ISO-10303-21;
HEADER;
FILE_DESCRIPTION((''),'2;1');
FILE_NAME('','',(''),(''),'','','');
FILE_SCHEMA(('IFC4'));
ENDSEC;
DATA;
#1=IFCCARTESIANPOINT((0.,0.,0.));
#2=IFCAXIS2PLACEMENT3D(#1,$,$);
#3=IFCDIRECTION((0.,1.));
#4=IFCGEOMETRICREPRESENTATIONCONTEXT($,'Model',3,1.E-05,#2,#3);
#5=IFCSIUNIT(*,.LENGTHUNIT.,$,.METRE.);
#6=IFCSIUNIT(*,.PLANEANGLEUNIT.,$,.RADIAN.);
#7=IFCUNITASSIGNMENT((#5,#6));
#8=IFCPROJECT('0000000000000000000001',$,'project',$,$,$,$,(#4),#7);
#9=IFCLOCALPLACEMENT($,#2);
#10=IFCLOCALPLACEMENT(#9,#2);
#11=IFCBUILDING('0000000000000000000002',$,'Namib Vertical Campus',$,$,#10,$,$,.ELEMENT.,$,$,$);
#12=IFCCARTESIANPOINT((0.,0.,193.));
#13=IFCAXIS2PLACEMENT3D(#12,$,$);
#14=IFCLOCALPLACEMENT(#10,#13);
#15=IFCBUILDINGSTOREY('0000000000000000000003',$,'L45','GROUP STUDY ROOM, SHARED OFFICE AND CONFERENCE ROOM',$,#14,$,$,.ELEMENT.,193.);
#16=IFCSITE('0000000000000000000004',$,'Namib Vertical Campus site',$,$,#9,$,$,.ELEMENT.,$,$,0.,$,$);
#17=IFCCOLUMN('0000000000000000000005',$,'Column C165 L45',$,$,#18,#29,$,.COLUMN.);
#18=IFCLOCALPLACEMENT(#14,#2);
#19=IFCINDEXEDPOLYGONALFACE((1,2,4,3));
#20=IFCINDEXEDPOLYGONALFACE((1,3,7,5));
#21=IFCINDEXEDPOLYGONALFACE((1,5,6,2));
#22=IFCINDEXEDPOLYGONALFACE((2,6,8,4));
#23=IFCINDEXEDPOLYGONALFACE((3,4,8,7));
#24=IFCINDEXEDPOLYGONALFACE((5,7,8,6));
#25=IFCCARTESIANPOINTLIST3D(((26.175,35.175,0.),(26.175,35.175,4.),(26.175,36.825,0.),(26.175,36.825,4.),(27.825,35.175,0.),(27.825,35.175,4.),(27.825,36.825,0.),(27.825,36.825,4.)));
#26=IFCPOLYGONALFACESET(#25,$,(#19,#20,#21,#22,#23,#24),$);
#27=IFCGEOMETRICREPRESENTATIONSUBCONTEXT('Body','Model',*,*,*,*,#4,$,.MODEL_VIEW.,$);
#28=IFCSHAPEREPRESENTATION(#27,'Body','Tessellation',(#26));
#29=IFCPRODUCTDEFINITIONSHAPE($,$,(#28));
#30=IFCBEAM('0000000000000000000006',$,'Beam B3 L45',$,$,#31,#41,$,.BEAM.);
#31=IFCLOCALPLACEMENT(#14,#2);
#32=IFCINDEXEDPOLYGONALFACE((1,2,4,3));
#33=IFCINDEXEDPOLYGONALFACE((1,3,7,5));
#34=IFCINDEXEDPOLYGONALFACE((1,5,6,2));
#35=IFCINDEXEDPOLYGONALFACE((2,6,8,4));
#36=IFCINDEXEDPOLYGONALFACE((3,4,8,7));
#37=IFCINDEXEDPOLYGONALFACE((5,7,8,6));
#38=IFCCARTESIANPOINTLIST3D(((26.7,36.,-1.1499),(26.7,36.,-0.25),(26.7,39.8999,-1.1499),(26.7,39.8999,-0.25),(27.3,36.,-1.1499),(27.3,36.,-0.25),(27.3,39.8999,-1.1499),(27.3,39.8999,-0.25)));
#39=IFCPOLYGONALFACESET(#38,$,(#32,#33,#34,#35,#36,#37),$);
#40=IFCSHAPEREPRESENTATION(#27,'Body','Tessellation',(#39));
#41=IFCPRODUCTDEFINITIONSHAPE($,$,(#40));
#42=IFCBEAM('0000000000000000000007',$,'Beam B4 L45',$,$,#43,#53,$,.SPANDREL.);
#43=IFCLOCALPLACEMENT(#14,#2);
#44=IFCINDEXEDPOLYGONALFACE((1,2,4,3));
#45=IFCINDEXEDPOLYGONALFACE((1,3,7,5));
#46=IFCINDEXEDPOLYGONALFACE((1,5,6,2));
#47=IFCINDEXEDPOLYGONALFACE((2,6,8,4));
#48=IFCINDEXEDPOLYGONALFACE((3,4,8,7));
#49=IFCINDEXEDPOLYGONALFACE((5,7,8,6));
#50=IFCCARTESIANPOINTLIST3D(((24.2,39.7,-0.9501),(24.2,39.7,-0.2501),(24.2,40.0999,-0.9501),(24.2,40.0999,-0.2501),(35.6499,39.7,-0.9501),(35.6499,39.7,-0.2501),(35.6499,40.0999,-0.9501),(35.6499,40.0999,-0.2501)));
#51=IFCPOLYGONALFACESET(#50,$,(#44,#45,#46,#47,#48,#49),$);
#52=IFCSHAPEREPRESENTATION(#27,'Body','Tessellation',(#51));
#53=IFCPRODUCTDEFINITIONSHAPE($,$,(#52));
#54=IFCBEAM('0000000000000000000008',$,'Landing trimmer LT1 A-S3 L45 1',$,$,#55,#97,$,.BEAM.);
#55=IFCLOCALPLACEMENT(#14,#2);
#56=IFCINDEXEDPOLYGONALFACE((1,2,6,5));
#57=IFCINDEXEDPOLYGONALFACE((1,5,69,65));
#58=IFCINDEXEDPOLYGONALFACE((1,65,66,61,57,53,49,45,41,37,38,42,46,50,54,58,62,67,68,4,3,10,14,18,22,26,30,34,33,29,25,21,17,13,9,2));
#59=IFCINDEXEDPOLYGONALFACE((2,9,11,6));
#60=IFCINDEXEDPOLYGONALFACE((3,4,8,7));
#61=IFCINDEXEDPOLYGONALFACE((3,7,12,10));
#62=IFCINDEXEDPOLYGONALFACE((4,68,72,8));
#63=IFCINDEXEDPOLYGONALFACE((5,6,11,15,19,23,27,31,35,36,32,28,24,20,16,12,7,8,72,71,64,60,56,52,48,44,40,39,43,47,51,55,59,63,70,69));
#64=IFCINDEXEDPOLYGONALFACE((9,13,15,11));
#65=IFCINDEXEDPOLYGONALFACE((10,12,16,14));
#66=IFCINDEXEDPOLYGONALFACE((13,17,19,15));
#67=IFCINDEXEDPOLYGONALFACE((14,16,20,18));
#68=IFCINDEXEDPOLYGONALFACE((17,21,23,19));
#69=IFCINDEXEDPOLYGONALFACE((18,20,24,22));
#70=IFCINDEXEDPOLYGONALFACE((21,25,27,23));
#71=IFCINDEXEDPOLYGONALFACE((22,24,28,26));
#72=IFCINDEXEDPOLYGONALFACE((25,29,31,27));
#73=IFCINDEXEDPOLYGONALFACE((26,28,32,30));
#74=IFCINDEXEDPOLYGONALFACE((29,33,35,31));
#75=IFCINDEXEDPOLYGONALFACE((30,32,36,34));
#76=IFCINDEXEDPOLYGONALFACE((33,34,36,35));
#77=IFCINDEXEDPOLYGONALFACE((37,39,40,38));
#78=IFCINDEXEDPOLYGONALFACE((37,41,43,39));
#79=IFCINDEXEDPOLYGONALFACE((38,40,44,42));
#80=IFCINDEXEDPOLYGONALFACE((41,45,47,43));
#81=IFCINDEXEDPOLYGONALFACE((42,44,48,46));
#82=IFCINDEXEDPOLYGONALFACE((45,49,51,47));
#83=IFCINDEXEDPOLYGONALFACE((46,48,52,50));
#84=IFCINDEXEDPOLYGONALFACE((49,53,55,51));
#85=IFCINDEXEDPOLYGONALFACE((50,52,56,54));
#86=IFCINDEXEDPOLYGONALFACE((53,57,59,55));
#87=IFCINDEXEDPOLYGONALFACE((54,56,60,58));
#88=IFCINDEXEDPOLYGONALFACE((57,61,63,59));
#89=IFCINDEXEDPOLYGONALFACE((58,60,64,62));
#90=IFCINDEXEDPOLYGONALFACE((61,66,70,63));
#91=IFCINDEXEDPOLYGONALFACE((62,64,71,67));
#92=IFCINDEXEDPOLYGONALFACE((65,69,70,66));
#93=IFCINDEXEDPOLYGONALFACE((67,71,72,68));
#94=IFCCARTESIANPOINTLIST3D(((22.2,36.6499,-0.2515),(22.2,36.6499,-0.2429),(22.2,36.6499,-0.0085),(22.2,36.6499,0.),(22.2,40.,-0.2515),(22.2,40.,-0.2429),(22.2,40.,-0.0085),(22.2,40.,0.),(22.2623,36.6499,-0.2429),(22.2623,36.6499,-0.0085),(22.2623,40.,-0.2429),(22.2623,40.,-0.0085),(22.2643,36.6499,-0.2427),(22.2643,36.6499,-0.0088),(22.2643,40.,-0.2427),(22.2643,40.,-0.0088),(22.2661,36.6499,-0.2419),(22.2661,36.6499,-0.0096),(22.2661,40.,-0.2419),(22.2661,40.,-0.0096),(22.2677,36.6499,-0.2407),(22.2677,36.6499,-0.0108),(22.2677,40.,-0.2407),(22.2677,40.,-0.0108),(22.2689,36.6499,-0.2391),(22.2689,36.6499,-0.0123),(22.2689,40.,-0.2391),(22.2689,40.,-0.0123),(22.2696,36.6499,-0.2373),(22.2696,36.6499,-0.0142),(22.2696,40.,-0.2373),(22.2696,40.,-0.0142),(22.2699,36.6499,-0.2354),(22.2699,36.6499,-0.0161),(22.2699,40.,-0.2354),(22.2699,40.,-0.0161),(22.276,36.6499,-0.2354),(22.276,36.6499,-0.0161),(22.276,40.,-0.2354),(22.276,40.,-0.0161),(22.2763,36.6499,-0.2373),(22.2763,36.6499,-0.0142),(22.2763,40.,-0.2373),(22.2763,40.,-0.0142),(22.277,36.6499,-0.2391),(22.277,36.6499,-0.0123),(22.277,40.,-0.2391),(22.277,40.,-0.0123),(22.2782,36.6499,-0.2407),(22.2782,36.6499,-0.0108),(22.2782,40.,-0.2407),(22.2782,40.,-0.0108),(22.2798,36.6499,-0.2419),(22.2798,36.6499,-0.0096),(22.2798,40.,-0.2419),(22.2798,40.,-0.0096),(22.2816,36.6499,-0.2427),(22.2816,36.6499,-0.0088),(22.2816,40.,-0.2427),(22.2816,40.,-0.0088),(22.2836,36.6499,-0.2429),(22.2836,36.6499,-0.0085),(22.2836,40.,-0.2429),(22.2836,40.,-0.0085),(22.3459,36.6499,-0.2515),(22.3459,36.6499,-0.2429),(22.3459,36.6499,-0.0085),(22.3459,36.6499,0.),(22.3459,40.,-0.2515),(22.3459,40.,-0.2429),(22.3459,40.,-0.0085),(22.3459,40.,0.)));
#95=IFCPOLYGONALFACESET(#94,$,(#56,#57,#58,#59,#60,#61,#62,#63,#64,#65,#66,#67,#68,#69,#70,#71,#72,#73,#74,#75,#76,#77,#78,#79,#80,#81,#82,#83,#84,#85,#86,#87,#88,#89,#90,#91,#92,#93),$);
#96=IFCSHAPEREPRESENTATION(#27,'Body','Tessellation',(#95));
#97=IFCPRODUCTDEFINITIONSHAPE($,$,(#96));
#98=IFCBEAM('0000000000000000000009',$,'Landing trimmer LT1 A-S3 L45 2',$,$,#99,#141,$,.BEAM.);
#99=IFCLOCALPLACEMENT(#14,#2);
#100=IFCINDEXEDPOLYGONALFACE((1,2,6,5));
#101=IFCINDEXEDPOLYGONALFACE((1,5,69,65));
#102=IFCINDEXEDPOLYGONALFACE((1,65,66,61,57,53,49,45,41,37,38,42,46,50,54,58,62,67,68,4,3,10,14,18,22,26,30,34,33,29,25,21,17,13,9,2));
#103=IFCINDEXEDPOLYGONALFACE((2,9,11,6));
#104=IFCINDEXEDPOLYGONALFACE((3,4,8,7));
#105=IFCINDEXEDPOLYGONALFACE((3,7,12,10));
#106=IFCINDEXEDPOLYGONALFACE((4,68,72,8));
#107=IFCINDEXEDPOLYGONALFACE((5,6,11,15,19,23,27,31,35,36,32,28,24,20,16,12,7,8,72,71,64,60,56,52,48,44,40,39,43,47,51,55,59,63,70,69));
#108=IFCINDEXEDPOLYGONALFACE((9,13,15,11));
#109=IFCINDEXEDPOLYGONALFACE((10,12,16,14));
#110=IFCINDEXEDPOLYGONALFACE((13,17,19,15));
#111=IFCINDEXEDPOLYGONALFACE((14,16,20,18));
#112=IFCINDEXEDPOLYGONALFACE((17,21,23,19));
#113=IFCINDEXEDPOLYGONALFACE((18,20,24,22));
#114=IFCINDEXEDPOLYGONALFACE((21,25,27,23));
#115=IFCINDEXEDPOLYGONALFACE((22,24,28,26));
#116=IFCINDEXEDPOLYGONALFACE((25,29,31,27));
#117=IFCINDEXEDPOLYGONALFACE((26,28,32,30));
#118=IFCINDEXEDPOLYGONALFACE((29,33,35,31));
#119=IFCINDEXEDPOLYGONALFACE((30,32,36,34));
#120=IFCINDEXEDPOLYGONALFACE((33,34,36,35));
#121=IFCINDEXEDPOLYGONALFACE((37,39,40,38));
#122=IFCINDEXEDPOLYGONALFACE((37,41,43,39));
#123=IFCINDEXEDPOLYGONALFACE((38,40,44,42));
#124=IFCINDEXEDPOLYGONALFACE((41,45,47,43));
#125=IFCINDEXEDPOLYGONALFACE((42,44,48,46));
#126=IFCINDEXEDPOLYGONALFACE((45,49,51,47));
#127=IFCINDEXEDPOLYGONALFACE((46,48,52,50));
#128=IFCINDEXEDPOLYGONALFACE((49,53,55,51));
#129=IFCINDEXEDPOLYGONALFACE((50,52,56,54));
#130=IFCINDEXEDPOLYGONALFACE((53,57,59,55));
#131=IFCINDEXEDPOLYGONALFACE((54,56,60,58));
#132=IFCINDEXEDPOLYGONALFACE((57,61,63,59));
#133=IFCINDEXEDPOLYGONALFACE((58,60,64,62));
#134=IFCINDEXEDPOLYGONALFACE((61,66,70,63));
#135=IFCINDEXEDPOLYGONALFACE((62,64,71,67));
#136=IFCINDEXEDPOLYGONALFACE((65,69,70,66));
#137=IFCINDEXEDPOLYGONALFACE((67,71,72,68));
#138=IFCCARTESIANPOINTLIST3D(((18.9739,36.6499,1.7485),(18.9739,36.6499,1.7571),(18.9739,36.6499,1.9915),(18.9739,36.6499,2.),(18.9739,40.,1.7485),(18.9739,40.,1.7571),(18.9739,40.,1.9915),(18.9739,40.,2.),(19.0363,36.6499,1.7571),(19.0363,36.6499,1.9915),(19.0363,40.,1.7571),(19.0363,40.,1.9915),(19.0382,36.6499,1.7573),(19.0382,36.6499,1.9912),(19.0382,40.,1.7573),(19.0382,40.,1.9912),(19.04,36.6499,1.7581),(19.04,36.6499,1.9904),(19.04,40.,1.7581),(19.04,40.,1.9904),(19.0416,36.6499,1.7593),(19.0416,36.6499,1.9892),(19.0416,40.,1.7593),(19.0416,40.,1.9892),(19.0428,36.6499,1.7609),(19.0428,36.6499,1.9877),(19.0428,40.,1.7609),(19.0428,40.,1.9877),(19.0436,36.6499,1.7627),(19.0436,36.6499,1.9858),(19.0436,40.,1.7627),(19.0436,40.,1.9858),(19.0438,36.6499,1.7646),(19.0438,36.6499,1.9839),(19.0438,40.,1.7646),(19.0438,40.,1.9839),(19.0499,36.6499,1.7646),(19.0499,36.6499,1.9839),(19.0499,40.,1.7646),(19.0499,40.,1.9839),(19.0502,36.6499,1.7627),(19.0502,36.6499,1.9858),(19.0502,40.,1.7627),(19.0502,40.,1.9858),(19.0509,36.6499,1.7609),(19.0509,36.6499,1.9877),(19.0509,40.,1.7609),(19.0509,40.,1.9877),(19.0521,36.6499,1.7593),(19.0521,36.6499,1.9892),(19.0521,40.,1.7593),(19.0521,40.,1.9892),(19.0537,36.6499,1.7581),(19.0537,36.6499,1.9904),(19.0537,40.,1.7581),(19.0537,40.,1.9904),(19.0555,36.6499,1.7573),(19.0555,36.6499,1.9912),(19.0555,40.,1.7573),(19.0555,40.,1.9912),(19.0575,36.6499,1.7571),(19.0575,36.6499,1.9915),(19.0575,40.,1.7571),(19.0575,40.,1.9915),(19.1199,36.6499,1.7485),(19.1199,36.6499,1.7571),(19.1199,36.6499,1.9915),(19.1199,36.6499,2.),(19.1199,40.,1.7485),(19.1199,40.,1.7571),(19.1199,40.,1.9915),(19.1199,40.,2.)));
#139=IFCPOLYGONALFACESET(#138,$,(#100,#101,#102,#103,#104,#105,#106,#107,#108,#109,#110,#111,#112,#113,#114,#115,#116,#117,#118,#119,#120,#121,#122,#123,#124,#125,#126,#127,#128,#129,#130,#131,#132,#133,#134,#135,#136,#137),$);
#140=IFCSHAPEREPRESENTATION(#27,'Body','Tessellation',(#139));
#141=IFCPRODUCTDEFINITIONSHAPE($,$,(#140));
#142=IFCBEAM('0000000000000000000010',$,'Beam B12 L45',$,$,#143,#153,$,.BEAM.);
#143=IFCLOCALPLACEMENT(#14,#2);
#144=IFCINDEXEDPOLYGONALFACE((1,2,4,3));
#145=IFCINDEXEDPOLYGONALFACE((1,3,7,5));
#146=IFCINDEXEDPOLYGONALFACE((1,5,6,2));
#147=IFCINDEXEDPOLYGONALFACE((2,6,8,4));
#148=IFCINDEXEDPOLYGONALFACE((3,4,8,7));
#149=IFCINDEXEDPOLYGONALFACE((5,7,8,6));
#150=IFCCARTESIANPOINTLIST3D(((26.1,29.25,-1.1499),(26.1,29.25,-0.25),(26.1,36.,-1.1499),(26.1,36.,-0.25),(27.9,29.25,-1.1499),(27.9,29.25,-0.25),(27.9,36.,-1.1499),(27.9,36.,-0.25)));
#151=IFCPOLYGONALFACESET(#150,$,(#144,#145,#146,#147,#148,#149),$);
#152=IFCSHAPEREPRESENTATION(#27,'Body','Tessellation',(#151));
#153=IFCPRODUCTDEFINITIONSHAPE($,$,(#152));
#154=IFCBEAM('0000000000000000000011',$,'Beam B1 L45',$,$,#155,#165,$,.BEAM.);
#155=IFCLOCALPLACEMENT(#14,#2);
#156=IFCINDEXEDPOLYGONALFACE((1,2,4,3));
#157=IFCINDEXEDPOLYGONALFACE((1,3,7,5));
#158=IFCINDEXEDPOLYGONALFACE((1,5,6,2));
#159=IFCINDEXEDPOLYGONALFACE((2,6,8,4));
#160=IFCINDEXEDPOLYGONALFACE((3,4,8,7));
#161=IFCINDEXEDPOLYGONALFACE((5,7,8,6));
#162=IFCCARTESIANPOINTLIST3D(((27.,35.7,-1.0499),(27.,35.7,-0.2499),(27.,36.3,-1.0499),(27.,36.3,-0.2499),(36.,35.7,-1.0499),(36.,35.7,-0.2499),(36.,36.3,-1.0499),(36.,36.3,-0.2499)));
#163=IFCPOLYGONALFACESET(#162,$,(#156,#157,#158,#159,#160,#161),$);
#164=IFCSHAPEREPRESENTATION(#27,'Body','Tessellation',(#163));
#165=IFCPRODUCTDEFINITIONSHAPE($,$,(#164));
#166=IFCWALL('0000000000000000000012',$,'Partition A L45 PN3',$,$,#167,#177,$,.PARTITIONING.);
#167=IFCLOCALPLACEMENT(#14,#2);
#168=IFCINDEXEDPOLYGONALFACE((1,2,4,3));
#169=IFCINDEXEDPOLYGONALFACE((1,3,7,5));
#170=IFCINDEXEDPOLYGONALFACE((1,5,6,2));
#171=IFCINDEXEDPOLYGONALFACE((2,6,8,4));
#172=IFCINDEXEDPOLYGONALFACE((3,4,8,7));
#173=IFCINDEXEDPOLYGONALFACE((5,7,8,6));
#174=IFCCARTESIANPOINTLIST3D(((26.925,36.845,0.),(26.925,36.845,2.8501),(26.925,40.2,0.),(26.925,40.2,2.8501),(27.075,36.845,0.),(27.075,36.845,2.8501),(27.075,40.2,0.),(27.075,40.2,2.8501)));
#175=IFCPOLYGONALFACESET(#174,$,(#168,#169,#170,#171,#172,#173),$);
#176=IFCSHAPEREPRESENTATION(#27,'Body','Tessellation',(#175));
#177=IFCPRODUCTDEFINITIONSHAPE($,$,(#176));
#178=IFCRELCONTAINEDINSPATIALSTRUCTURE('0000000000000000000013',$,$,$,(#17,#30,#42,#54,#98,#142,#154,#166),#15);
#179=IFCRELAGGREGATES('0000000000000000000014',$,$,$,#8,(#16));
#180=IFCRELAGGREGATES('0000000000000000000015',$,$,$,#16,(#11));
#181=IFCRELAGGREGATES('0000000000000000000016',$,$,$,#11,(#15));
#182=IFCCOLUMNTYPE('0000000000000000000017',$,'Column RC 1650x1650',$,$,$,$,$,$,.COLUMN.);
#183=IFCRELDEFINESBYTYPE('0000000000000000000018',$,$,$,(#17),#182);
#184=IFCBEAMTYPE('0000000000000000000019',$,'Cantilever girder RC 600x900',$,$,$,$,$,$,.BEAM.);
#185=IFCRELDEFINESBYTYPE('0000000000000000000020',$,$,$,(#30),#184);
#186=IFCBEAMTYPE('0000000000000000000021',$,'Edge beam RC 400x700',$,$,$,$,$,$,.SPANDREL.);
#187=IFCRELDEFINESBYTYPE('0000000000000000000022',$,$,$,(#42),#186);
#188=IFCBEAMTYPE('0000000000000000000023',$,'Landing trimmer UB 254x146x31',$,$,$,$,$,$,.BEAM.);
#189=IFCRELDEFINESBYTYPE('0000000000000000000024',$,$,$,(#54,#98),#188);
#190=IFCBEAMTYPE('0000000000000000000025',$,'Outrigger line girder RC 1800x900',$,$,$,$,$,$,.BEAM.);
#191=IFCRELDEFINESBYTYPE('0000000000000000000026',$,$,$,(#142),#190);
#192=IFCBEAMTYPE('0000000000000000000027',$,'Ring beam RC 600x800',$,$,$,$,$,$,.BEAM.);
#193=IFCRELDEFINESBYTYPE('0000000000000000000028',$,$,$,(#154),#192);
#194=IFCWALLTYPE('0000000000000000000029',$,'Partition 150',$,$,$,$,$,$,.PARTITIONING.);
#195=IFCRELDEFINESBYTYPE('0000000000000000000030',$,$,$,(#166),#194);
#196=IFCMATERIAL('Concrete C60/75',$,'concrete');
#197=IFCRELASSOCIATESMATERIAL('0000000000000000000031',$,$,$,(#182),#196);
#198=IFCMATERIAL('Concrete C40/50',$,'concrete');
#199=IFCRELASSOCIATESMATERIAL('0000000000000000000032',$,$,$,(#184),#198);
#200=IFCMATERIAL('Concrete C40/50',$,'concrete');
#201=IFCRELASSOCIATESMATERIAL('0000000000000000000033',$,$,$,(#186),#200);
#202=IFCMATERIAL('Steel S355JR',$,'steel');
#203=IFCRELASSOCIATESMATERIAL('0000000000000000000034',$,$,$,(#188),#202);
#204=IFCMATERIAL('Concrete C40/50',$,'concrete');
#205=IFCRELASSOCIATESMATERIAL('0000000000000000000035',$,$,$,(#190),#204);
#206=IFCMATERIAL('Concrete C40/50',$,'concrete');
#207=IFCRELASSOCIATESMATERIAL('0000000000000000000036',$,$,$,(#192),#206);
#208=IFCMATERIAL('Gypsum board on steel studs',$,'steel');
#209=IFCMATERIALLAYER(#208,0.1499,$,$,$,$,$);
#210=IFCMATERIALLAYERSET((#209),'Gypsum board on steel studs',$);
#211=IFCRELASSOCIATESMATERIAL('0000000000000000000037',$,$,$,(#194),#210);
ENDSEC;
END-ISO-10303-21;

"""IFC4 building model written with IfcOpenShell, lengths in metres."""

from ifc_helpers import new_model, si_unit, direction, frame, frame_2d, origin, origin_2d, place, context, subcontext, project, spatial, rectangle, i_section, extrude, material, layer, layer_set, material_profile, profile_set, type_object, element, save


model = new_model("IFC4")

# Units and contexts
model_context = context("Model", 3, precision=1e-05, world=origin(), true_north=direction((0.0, 1.0)))
body_context = subcontext(model_context, "Body", "Model", "MODEL_VIEW")
ifc_project = project(units=[si_unit("LENGTHUNIT", "METRE"), si_unit("PLANEANGLEUNIT", "RADIAN")], contexts=[model_context])

# Site, building, storey
site_placement = place(None, origin())
site = spatial("IfcSite", under=ifc_project, at=site_placement, Name="Namib Vertical Campus site", CompositionType="ELEMENT", RefElevation=0.0)
building_placement = place(site_placement, origin())
building = spatial("IfcBuilding", under=site, at=building_placement, Name="Namib Vertical Campus", CompositionType="ELEMENT")
storey_placement = place(building_placement, frame((0.0, 0.0, 193.0)))
storey = spatial("IfcBuildingStorey", under=building, at=storey_placement, Name="L45", Description="GROUP STUDY ROOM, SHARED OFFICE AND CONFERENCE ROOM", CompositionType="ELEMENT", Elevation=193.0)

# Column
ifc_material_1 = material(Name="Concrete C60/75", Category="concrete")
ifc_material_profile_1 = material_profile(ifc_material_1, rectangle(XDim=1.6499, YDim=1.6499, at=origin_2d()))
ifc_profile_set_1 = profile_set([ifc_material_profile_1], Name="Concrete C60/75")
column_type = type_object("IfcColumnType", Name="Column RC 1650x1650", PredefinedType="COLUMN", material=ifc_profile_set_1)
column_placement = place(storey_placement, frame((27.0, 36.0, 0.0), z_axis=(0.0, 0.0, 1.0), x_axis=(1.0, 0.0, 0.0)))
element("IfcColumn", 1, at=column_placement, inside=storey, type_object=column_type, Name="Column C165 L45", PredefinedType="COLUMN", context=body_context, shape_type="SweptSolid", body=[
    extrude(rectangle(XDim=1.6499, YDim=1.6499, at=origin_2d()), origin(), (0.0, 0.0, 1.0), 4.0),
])

# Beams
ifc_material_2 = material(Name="Concrete C40/50", Category="concrete")
ifc_material_profile_2 = material_profile(ifc_material_2, rectangle(XDim=0.6001, YDim=0.8999, at=origin_2d()))
ifc_profile_set_2 = profile_set([ifc_material_profile_2], Name="Concrete C40/50")
beam_type_1 = type_object("IfcBeamType", Name="Cantilever girder RC 600x900", PredefinedType="BEAM", material=ifc_profile_set_2)
beam_1_placement = place(storey_placement, frame((27.0, 36.0, -0.7), z_axis=(0.0, 1.0, 0.0), x_axis=(-1.0, 0.0, 0.0)))
element("IfcBeam", 2, at=beam_1_placement, inside=storey, type_object=beam_type_1, Name="Beam B3 L45", PredefinedType="BEAM", context=body_context, shape_type="SweptSolid", body=[
    extrude(rectangle(XDim=0.6001, YDim=0.8999, at=origin_2d()), origin(), (0.0, 0.0, 1.0), 3.8999),
])
ifc_material_3 = material(Name="Concrete C40/50", Category="concrete")
ifc_material_profile_3 = material_profile(ifc_material_3, rectangle(XDim=0.3999, YDim=0.7, at=origin_2d()))
ifc_profile_set_3 = profile_set([ifc_material_profile_3], Name="Concrete C40/50")
beam_type_2 = type_object("IfcBeamType", Name="Edge beam RC 400x700", PredefinedType="SPANDREL", material=ifc_profile_set_3)
beam_2_placement = place(storey_placement, frame((24.2, 39.8999, -0.6001), z_axis=(1.0, 0.0, 0.0), x_axis=(0.0, 1.0, 0.0)))
element("IfcBeam", 3, at=beam_2_placement, inside=storey, type_object=beam_type_2, Name="Beam B4 L45", PredefinedType="SPANDREL", context=body_context, shape_type="SweptSolid", body=[
    extrude(rectangle(XDim=0.3999, YDim=0.7, at=origin_2d()), origin(), (0.0, 0.0, 1.0), 11.45),
])
ifc_material_4 = material(Name="Steel S355JR", Category="steel")
ifc_material_profile_4 = material_profile(ifc_material_4, i_section(OverallWidth=0.146, OverallDepth=0.2515, WebThickness=0.0061, FlangeThickness=0.0085, FilletRadius=0.0076, at=origin_2d()))
ifc_profile_set_4 = profile_set([ifc_material_profile_4], Name="Steel S355JR")
beam_type_3 = type_object("IfcBeamType", Name="Landing trimmer UB 254x146x31", PredefinedType="BEAM", material=ifc_profile_set_4)
for number, where, z_axis, x_axis, name in (
    (4, (22.2729, 36.6499, -0.1257), (0.0, 1.0, 0.0), (-1.0, 0.0, 0.0), "Landing trimmer LT1 A-S3 L45 1"),
    (5, (19.0469, 36.6499, 1.8743), (0.0, 1.0, 0.0), (-1.0, 0.0, 0.0), "Landing trimmer LT1 A-S3 L45 2"),
):
    element("IfcBeam", number, at=place(storey_placement, frame(where, z_axis=z_axis, x_axis=x_axis)), inside=storey, type_object=beam_type_3, Name=name, PredefinedType="BEAM", context=body_context, shape_type="SweptSolid", body=[
        extrude(i_section(OverallWidth=0.146, OverallDepth=0.2515, WebThickness=0.0061, FlangeThickness=0.0085, FilletRadius=0.0076, at=origin_2d()), origin(), (0.0, 0.0, 1.0), 3.3501),
    ])
ifc_material_5 = material(Name="Concrete C40/50", Category="concrete")
ifc_material_profile_5 = material_profile(ifc_material_5, rectangle(XDim=1.8, YDim=0.8999, at=origin_2d()))
ifc_profile_set_5 = profile_set([ifc_material_profile_5], Name="Concrete C40/50")
beam_type_4 = type_object("IfcBeamType", Name="Outrigger line girder RC 1800x900", PredefinedType="BEAM", material=ifc_profile_set_5)
beam_3_placement = place(storey_placement, frame((27.0, 36.0, -0.7), z_axis=(0.0, -1.0, 0.0), x_axis=(1.0, 0.0, 0.0)))
element("IfcBeam", 6, at=beam_3_placement, inside=storey, type_object=beam_type_4, Name="Beam B12 L45", PredefinedType="BEAM", context=body_context, shape_type="SweptSolid", body=[
    extrude(rectangle(XDim=1.8, YDim=0.8999, at=origin_2d()), origin(), (0.0, 0.0, 1.0), 6.75),
])
ifc_material_6 = material(Name="Concrete C40/50", Category="concrete")
ifc_material_profile_6 = material_profile(ifc_material_6, rectangle(XDim=0.6001, YDim=0.8, at=origin_2d()))
ifc_profile_set_6 = profile_set([ifc_material_profile_6], Name="Concrete C40/50")
beam_type_5 = type_object("IfcBeamType", Name="Ring beam RC 600x800", PredefinedType="BEAM", material=ifc_profile_set_6)
beam_4_placement = place(storey_placement, frame((27.0, 36.0, -0.6499), z_axis=(1.0, 0.0, 0.0), x_axis=(0.0, 1.0, 0.0)))
element("IfcBeam", 7, at=beam_4_placement, inside=storey, type_object=beam_type_5, Name="Beam B1 L45", PredefinedType="BEAM", context=body_context, shape_type="SweptSolid", body=[
    extrude(rectangle(XDim=0.6001, YDim=0.8, at=origin_2d()), origin(), (0.0, 0.0, 1.0), 9.0),
])

# Wall
ifc_material_7 = material(Name="Gypsum board on steel studs", Category="steel")
ifc_layer_1 = layer(ifc_material_7, 0.1499)
ifc_layer_set_1 = layer_set([ifc_layer_1], Name="Gypsum board on steel studs")
wall_type_1 = type_object("IfcWallType", Name="Partition 150", PredefinedType="PARTITIONING", material=ifc_layer_set_1)
wall_placement = place(storey_placement, frame((27.0, 36.845, 0.0), z_axis=(0.0, 0.0, 1.0), x_axis=(0.0, 1.0, 0.0)))
element("IfcWall", 8, at=wall_placement, inside=storey, type_object=wall_type_1, Name="Partition A L45 PN3", PredefinedType="PARTITIONING", context=body_context, shape_type="SweptSolid", body=[
    extrude(rectangle(XDim=3.355, YDim=0.1499, at=frame_2d((1.6775, 0.0))), origin(), (0.0, 0.0, 1.0), 2.8501),
])

save(model, "model.ifc")
